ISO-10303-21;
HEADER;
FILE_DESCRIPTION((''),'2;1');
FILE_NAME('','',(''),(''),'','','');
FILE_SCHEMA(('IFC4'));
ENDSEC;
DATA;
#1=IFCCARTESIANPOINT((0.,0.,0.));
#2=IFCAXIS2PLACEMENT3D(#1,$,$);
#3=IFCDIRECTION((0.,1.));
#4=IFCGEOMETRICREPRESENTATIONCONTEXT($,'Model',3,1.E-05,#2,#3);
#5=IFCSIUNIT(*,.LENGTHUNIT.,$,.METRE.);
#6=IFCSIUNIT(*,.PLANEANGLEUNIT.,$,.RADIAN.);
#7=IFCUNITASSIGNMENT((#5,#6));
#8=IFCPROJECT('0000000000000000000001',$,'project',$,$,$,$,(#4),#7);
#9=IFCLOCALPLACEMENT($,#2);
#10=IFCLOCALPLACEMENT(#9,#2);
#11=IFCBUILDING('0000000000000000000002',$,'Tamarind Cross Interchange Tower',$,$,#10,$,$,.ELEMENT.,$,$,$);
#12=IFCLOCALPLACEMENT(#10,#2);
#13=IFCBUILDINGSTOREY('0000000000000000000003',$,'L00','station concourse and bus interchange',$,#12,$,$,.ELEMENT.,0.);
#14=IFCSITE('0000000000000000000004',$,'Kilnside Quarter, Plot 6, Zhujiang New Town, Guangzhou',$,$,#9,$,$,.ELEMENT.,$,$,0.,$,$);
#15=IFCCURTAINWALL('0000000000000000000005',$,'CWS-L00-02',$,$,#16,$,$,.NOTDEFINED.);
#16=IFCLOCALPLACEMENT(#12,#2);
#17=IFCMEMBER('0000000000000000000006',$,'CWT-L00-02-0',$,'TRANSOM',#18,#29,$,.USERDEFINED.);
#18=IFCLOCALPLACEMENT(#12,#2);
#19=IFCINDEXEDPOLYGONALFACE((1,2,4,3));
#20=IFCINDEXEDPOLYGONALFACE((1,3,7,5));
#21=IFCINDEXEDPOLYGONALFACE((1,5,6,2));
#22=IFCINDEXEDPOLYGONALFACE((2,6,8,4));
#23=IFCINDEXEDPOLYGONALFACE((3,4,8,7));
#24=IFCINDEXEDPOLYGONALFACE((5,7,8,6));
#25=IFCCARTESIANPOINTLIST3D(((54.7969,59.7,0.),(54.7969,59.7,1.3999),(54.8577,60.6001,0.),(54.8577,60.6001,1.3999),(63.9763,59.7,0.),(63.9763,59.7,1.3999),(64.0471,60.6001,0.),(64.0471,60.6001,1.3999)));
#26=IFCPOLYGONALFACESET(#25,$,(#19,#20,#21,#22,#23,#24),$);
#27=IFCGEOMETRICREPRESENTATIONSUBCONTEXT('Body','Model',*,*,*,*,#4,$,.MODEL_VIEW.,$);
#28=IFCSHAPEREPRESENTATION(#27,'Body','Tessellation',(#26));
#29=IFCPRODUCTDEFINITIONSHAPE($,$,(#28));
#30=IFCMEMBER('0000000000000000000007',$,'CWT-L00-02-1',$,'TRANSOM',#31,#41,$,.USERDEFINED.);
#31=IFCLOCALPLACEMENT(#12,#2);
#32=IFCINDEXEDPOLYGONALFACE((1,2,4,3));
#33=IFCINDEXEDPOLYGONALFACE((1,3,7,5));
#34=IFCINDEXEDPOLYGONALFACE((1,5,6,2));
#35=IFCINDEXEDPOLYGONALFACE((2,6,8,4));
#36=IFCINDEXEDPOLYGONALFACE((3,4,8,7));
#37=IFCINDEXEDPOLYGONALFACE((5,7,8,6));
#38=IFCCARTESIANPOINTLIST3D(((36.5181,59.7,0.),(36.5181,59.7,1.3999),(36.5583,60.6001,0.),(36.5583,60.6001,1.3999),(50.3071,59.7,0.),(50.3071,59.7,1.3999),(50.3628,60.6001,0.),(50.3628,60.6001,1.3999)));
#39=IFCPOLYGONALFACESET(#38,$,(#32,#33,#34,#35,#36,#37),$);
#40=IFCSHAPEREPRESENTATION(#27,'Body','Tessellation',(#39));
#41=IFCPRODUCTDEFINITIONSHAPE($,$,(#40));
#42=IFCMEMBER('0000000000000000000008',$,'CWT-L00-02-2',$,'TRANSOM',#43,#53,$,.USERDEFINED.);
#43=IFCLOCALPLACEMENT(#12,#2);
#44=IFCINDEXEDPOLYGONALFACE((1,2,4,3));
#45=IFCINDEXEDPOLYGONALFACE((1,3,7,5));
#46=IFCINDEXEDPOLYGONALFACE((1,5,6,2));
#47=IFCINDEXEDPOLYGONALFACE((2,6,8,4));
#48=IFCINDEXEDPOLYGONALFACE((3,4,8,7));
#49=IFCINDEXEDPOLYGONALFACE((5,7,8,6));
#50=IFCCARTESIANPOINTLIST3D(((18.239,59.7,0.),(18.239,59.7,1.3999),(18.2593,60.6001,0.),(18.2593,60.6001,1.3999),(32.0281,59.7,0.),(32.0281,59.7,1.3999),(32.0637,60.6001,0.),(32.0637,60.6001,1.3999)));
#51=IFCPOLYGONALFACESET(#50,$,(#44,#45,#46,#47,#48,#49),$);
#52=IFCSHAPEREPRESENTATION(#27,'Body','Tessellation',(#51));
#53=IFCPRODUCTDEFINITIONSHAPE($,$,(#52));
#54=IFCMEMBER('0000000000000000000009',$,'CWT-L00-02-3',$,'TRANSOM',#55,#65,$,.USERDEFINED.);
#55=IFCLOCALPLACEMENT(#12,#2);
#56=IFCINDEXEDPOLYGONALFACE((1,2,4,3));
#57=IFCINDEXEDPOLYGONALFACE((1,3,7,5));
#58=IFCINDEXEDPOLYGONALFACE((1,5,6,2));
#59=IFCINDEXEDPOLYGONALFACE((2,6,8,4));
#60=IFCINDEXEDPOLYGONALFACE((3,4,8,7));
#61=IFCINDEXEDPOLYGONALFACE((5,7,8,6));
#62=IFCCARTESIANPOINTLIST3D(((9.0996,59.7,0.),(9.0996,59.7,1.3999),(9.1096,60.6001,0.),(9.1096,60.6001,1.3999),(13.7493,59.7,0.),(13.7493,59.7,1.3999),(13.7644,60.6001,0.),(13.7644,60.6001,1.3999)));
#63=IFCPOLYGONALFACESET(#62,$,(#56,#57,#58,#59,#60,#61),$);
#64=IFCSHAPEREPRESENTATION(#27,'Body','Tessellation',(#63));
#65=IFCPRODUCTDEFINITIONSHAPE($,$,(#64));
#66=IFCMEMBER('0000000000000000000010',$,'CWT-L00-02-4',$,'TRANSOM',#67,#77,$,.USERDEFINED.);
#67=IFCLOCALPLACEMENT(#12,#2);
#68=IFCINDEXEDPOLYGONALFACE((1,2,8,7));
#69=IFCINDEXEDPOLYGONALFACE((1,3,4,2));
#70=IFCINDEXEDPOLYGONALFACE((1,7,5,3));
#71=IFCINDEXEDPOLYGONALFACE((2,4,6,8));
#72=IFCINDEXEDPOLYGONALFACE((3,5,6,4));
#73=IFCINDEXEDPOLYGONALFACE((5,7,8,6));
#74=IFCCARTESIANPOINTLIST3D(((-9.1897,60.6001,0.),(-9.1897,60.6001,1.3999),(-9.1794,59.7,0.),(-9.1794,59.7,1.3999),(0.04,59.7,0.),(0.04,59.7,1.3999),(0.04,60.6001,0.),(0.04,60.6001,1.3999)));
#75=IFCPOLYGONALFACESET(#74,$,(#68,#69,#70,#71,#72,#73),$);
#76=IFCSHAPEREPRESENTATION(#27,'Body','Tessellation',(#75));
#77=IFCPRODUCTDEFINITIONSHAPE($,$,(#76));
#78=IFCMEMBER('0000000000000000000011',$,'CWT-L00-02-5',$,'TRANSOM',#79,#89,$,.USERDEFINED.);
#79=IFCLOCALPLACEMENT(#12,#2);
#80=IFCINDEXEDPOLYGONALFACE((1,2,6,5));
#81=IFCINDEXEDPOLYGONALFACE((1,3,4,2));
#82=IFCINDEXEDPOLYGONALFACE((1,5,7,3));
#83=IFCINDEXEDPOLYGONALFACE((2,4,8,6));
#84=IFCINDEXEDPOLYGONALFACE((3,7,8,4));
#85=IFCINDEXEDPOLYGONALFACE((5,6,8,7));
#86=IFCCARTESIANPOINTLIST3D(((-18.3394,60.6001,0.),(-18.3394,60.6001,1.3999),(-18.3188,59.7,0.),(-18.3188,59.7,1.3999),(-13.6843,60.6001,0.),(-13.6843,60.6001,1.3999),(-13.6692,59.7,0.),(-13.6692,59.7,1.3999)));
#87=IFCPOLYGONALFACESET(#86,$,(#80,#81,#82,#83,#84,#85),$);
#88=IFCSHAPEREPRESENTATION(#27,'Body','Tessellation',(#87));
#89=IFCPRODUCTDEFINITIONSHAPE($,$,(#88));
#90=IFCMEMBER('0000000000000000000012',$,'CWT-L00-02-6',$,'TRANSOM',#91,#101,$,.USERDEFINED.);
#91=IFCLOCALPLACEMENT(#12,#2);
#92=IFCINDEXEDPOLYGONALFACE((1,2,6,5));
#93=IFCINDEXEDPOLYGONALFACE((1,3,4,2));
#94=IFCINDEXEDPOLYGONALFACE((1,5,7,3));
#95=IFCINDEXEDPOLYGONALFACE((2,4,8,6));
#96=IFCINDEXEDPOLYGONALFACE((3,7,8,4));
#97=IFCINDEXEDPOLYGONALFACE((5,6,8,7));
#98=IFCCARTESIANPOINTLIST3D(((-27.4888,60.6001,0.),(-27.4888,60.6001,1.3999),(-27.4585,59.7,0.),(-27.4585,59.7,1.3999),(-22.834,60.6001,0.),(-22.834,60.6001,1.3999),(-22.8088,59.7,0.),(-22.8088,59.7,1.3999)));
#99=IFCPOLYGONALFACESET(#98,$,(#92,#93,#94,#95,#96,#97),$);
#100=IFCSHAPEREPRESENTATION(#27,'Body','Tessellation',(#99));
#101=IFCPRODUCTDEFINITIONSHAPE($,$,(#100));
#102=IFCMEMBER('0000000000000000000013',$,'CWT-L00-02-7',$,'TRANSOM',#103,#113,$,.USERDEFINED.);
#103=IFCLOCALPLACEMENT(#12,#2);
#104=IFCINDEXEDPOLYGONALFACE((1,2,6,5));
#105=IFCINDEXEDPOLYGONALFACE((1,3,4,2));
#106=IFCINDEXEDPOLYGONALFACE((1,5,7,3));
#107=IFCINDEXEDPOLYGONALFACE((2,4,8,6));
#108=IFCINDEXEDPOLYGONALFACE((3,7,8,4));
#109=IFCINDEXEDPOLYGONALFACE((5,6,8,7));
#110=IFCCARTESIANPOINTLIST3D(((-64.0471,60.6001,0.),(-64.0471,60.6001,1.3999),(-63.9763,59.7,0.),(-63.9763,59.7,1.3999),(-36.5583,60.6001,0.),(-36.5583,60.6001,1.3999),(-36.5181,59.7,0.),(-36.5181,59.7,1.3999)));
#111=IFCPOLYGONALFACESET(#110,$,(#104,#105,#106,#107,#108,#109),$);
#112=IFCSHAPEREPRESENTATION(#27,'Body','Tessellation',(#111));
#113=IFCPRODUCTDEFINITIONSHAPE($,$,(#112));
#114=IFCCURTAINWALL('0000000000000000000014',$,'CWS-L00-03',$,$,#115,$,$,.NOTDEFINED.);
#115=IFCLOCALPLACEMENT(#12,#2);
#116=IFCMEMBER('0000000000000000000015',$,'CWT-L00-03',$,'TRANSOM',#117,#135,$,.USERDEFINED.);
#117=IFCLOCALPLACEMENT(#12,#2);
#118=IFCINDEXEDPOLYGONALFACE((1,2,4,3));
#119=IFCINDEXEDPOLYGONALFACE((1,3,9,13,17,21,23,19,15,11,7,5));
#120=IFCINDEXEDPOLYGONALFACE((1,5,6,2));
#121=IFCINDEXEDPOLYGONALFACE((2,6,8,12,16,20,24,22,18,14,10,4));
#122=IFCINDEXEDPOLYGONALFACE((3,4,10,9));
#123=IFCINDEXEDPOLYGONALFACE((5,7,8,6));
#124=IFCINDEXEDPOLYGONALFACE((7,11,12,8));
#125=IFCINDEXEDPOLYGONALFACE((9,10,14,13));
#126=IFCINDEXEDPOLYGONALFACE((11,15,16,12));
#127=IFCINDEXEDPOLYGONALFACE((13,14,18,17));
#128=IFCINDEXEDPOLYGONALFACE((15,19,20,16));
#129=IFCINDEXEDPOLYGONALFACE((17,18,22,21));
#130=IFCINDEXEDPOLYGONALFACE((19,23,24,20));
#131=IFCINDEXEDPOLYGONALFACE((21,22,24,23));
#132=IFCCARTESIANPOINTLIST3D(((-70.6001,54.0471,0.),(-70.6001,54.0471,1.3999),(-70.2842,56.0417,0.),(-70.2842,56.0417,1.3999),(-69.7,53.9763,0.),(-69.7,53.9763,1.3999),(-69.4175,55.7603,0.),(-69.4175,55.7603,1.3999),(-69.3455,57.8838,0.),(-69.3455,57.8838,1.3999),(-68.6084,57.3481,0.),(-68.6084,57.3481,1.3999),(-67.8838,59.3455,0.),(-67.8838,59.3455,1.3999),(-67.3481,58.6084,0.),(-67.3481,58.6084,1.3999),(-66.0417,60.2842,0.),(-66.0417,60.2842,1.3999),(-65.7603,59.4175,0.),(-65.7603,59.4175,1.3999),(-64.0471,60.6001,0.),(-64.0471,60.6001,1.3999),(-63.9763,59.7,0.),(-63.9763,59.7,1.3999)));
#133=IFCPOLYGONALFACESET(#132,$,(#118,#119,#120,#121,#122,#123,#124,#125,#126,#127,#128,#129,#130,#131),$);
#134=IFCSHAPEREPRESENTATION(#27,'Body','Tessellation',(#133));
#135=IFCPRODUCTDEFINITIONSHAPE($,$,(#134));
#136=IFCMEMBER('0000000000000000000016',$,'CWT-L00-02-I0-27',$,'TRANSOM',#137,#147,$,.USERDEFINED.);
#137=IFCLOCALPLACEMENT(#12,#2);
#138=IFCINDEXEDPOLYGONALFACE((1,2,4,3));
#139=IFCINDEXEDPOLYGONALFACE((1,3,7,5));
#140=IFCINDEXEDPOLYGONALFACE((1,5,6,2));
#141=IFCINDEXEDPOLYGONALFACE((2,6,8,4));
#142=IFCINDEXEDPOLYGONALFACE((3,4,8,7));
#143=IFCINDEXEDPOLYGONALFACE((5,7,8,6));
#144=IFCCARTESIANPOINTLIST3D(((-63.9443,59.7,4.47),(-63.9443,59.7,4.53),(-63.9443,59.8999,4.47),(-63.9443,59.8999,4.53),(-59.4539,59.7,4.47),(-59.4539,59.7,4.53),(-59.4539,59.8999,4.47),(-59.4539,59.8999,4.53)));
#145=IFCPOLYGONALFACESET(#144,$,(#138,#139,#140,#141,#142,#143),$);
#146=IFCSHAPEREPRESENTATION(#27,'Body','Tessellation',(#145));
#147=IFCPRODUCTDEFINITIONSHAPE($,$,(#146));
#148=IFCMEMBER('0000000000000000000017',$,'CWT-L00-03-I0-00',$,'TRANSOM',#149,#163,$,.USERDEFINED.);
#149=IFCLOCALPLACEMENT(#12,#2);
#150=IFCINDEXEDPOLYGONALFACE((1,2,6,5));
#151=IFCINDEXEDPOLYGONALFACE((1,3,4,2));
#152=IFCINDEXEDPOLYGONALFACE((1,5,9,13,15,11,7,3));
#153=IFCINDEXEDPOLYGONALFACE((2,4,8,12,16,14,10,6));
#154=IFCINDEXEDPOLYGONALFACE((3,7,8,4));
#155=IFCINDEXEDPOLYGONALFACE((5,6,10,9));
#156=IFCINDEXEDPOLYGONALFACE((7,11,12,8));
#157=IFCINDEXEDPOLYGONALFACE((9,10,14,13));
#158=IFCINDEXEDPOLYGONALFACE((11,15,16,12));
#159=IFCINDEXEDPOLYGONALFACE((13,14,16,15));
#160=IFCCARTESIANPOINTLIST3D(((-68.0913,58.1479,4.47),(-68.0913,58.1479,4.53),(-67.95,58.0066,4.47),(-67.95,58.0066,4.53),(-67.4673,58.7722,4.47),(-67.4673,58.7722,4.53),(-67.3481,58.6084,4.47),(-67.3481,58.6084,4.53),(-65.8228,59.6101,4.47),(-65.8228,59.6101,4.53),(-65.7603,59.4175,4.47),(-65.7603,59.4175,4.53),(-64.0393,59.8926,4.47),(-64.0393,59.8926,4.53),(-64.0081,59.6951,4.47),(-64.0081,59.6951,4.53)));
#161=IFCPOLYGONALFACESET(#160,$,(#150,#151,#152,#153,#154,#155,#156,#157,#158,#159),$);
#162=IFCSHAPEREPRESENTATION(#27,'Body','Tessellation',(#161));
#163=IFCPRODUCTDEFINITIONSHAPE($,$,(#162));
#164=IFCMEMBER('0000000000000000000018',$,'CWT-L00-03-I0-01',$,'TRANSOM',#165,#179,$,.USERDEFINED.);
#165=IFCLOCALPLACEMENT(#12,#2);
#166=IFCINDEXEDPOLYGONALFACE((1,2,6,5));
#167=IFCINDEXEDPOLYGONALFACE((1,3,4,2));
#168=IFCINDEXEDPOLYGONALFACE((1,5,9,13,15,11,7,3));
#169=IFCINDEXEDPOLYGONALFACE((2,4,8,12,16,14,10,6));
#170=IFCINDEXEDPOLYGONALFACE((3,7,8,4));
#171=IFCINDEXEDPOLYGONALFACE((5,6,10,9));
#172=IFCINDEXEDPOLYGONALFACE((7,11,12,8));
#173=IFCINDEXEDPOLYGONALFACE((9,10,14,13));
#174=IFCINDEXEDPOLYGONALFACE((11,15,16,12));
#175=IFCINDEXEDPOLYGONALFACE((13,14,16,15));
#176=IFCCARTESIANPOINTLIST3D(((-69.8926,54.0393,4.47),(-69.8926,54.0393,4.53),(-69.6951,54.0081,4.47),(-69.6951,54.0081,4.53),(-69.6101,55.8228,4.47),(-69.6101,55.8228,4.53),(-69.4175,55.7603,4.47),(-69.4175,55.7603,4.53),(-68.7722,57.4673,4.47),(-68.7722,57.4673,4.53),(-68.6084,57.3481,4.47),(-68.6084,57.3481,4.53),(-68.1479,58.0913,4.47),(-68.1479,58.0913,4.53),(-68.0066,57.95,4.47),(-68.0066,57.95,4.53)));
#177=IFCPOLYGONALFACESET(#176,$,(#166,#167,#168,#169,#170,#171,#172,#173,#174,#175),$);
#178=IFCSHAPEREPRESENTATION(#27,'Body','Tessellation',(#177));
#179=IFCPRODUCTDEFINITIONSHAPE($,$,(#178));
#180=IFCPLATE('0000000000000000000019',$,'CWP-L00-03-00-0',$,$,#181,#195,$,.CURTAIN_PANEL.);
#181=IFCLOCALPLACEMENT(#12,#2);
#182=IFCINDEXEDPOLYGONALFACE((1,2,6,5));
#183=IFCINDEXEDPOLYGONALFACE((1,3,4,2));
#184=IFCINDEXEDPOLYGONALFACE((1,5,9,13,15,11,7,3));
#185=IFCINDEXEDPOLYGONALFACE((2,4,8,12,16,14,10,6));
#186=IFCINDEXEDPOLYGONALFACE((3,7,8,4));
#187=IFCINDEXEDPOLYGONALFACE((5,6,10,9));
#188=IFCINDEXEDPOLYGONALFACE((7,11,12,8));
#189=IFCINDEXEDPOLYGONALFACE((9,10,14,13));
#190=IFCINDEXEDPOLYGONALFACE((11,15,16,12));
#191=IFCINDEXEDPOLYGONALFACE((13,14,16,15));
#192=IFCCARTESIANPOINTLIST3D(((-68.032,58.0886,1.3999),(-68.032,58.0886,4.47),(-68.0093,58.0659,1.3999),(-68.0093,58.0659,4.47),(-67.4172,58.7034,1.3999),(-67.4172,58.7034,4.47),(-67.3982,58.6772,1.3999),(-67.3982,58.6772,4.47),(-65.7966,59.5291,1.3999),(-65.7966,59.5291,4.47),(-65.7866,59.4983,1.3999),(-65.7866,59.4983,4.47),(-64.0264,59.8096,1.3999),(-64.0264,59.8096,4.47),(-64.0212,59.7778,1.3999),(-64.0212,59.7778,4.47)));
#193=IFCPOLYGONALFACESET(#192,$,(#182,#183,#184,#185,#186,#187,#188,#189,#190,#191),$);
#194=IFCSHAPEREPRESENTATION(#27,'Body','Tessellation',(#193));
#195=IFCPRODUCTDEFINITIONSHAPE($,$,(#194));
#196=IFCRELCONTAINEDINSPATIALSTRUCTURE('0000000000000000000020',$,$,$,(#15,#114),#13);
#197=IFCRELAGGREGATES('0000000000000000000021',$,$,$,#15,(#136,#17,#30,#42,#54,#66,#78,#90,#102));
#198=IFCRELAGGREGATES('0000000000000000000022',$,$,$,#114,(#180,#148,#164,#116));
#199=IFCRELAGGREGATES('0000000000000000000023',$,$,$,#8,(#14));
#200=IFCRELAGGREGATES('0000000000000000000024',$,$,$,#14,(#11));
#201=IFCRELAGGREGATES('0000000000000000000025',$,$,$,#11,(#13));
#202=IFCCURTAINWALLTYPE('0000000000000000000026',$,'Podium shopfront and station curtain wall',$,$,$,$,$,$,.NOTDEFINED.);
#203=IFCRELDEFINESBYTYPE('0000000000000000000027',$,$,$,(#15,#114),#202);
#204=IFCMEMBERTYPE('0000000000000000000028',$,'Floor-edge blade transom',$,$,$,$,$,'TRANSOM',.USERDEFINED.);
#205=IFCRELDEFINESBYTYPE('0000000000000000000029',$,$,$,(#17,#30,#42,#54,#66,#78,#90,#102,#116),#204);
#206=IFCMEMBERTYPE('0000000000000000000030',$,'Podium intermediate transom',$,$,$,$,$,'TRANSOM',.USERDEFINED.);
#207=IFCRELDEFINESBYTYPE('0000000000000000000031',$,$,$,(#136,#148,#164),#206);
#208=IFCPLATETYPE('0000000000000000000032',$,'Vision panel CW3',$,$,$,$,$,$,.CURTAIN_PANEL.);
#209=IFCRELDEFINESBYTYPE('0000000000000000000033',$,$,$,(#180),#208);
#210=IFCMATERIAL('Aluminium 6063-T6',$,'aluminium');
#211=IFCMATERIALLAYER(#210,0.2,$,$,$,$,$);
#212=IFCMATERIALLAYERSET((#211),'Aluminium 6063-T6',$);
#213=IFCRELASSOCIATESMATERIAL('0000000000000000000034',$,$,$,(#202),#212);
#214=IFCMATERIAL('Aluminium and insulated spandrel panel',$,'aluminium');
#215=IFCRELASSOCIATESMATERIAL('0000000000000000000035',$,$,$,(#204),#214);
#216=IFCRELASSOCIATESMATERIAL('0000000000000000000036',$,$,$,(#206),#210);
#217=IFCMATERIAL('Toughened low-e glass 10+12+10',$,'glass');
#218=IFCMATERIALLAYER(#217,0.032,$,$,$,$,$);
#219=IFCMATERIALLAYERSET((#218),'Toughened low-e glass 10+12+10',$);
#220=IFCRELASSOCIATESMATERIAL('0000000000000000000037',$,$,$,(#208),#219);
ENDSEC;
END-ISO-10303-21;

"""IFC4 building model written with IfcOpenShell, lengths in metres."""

from ifc_helpers import new_model, si_unit, direction, frame, origin, place, context, subcontext, project, spatial, polyline, outline, extrude, material, layer, layer_set, type_object, element, aggregate, save


model = new_model("IFC4")

# Units and contexts
model_context = context("Model", 3, precision=1e-05, world=origin(), true_north=direction((0.0, 1.0)))
body_context = subcontext(model_context, "Body", "Model", "MODEL_VIEW")
ifc_project = project(units=[si_unit("LENGTHUNIT", "METRE"), si_unit("PLANEANGLEUNIT", "RADIAN")], contexts=[model_context])

# Site, building, storey
site_placement = place(None, origin())
site = spatial("IfcSite", under=ifc_project, at=site_placement, Name="Kilnside Quarter, Plot 6, Zhujiang New Town, Guangzhou", CompositionType="ELEMENT", RefElevation=0.0)
building_placement = place(site_placement, origin())
building = spatial("IfcBuilding", under=site, at=building_placement, Name="Tamarind Cross Interchange Tower", CompositionType="ELEMENT")
storey_placement = place(building_placement, origin())
storey = spatial("IfcBuildingStorey", under=building, at=storey_placement, Name="L00", Description="station concourse and bus interchange", CompositionType="ELEMENT", Elevation=0.0)

# Curtain wall, members
ifc_material_1 = material(Name="Aluminium 6063-T6", Category="aluminium")
ifc_layer_1 = layer(ifc_material_1, 0.2)
ifc_layer_set_1 = layer_set([ifc_layer_1], Name="Aluminium 6063-T6")
curtain_wall_type = type_object("IfcCurtainWallType", Name="Podium shopfront and station curtain wall", PredefinedType="NOTDEFINED", material=ifc_layer_set_1)
curtain_wall_1_placement = place(storey_placement, origin())
curtain_wall_1 = element("IfcCurtainWall", 1, at=curtain_wall_1_placement, inside=storey, type_object=curtain_wall_type, Name="CWS-L00-02", PredefinedType="NOTDEFINED")
ifc_material_2 = material(Name="Aluminium and insulated spandrel panel", Category="aluminium")
member_type_1 = type_object("IfcMemberType", Name="Floor-edge blade transom", ElementType="TRANSOM", PredefinedType="USERDEFINED", material=ifc_material_2)
member_1_placement = place(storey_placement, origin())
member_1 = element("IfcMember", 2, at=member_1_placement, type_object=member_type_1, Name="CWT-L00-02-0", ObjectType="TRANSOM", PredefinedType="USERDEFINED", context=body_context, shape_type="SweptSolid", body=[
    extrude(outline(polyline([(63.9763, 59.7), (54.7969, 59.7), (54.8577, 60.6001), (64.0471, 60.6001), (63.9763, 59.7)])), origin(), (0.0, 0.0, 1.0), 1.3999),
])
member_2_placement = place(storey_placement, origin())
member_2 = element("IfcMember", 3, at=member_2_placement, type_object=member_type_1, Name="CWT-L00-02-1", ObjectType="TRANSOM", PredefinedType="USERDEFINED", context=body_context, shape_type="SweptSolid", body=[
    extrude(outline(polyline([(50.3071, 59.7), (36.5181, 59.7), (36.5583, 60.6001), (50.3628, 60.6001), (50.3071, 59.7)])), origin(), (0.0, 0.0, 1.0), 1.3999),
])
member_3_placement = place(storey_placement, origin())
member_3 = element("IfcMember", 4, at=member_3_placement, type_object=member_type_1, Name="CWT-L00-02-2", ObjectType="TRANSOM", PredefinedType="USERDEFINED", context=body_context, shape_type="SweptSolid", body=[
    extrude(outline(polyline([(32.0281, 59.7), (18.239, 59.7), (18.2593, 60.6001), (32.0637, 60.6001), (32.0281, 59.7)])), origin(), (0.0, 0.0, 1.0), 1.3999),
])
member_4_placement = place(storey_placement, origin())
member_4 = element("IfcMember", 5, at=member_4_placement, type_object=member_type_1, Name="CWT-L00-02-3", ObjectType="TRANSOM", PredefinedType="USERDEFINED", context=body_context, shape_type="SweptSolid", body=[
    extrude(outline(polyline([(13.7493, 59.7), (9.0996, 59.7), (9.1096, 60.6001), (13.7644, 60.6001), (13.7493, 59.7)])), origin(), (0.0, 0.0, 1.0), 1.3999),
])
member_5_placement = place(storey_placement, origin())
member_5 = element("IfcMember", 6, at=member_5_placement, type_object=member_type_1, Name="CWT-L00-02-4", ObjectType="TRANSOM", PredefinedType="USERDEFINED", context=body_context, shape_type="SweptSolid", body=[
    extrude(outline(polyline([(0.04, 59.7), (-9.1794, 59.7), (-9.1897, 60.6001), (0.04, 60.6001), (0.04, 59.7)])), origin(), (0.0, 0.0, 1.0), 1.3999),
])
member_6_placement = place(storey_placement, origin())
member_6 = element("IfcMember", 7, at=member_6_placement, type_object=member_type_1, Name="CWT-L00-02-5", ObjectType="TRANSOM", PredefinedType="USERDEFINED", context=body_context, shape_type="SweptSolid", body=[
    extrude(outline(polyline([(-13.6692, 59.7), (-18.3188, 59.7), (-18.3394, 60.6001), (-13.6843, 60.6001), (-13.6692, 59.7)])), origin(), (0.0, 0.0, 1.0), 1.3999),
])
member_7_placement = place(storey_placement, origin())
member_7 = element("IfcMember", 8, at=member_7_placement, type_object=member_type_1, Name="CWT-L00-02-6", ObjectType="TRANSOM", PredefinedType="USERDEFINED", context=body_context, shape_type="SweptSolid", body=[
    extrude(outline(polyline([(-22.8088, 59.7), (-27.4585, 59.7), (-27.4888, 60.6001), (-22.834, 60.6001), (-22.8088, 59.7)])), origin(), (0.0, 0.0, 1.0), 1.3999),
])
member_8_placement = place(storey_placement, origin())
member_8 = element("IfcMember", 9, at=member_8_placement, type_object=member_type_1, Name="CWT-L00-02-7", ObjectType="TRANSOM", PredefinedType="USERDEFINED", context=body_context, shape_type="SweptSolid", body=[
    extrude(outline(polyline([(-36.5181, 59.7), (-63.9763, 59.7), (-64.0471, 60.6001), (-36.5583, 60.6001), (-36.5181, 59.7)])), origin(), (0.0, 0.0, 1.0), 1.3999),
])

# Curtain wall, member
curtain_wall_2_placement = place(storey_placement, origin())
curtain_wall_2 = element("IfcCurtainWall", 10, at=curtain_wall_2_placement, inside=storey, type_object=curtain_wall_type, Name="CWS-L00-03", PredefinedType="NOTDEFINED")
member_9_placement = place(storey_placement, origin())
member_9 = element("IfcMember", 11, at=member_9_placement, type_object=member_type_1, Name="CWT-L00-03", ObjectType="TRANSOM", PredefinedType="USERDEFINED", context=body_context, shape_type="SweptSolid", body=[
    extrude(outline(polyline([(-63.9763, 59.7), (-65.7603, 59.4175), (-67.3481, 58.6084), (-68.6084, 57.3481), (-69.4175, 55.7603), (-69.7, 53.9763), (-70.6001, 54.0471), (-70.2842, 56.0417), (-69.3455, 57.8838), (-67.8838, 59.3455), (-66.0417, 60.2842), (-64.0471, 60.6001), (-63.9763, 59.7)])), origin(), (0.0, 0.0, 1.0), 1.3999),
])

# Members
member_type_2 = type_object("IfcMemberType", Name="Podium intermediate transom", ElementType="TRANSOM", PredefinedType="USERDEFINED", material=ifc_material_1)
member_10_placement = place(storey_placement, frame((0.0, 0.0, 4.47)))
member_10 = element("IfcMember", 12, at=member_10_placement, type_object=member_type_2, Name="CWT-L00-02-I0-27", ObjectType="TRANSOM", PredefinedType="USERDEFINED", context=body_context, shape_type="SweptSolid", body=[
    extrude(outline(polyline([(-59.4539, 59.7), (-63.9443, 59.7), (-63.9443, 59.8999), (-59.4539, 59.8999), (-59.4539, 59.7)])), origin(), (0.0, 0.0, 1.0), 0.0601),
])
aggregate(curtain_wall_1, [member_10, member_1, member_2, member_3, member_4, member_5, member_6, member_7, member_8])
member_11_placement = place(storey_placement, frame((0.0, 0.0, 4.47)))
member_11 = element("IfcMember", 13, at=member_11_placement, type_object=member_type_2, Name="CWT-L00-03-I0-00", ObjectType="TRANSOM", PredefinedType="USERDEFINED", context=body_context, shape_type="SweptSolid", body=[
    extrude(outline(polyline([(-64.0081, 59.6951), (-65.7603, 59.4175), (-67.3481, 58.6084), (-67.95, 58.0066), (-68.0913, 58.1479), (-67.4673, 58.7722), (-65.8228, 59.6101), (-64.0393, 59.8926), (-64.0081, 59.6951)])), origin(), (0.0, 0.0, 1.0), 0.0601),
])
member_12_placement = place(storey_placement, frame((0.0, 0.0, 4.47)))
member_12 = element("IfcMember", 14, at=member_12_placement, type_object=member_type_2, Name="CWT-L00-03-I0-01", ObjectType="TRANSOM", PredefinedType="USERDEFINED", context=body_context, shape_type="SweptSolid", body=[
    extrude(outline(polyline([(-68.0066, 57.95), (-68.6084, 57.3481), (-69.4175, 55.7603), (-69.6951, 54.0081), (-69.8926, 54.0393), (-69.6101, 55.8228), (-68.7722, 57.4673), (-68.1479, 58.0913), (-68.0066, 57.95)])), origin(), (0.0, 0.0, 1.0), 0.0601),
])

# Plate
ifc_material_3 = material(Name="Toughened low-e glass 10+12+10", Category="glass")
ifc_layer_2 = layer(ifc_material_3, 0.032)
ifc_layer_set_2 = layer_set([ifc_layer_2], Name="Toughened low-e glass 10+12+10")
plate_type = type_object("IfcPlateType", Name="Vision panel CW3", PredefinedType="CURTAIN_PANEL", material=ifc_layer_set_2)
plate_1_placement = place(storey_placement, frame((0.0, 0.0, 1.3999)))
plate_1 = element("IfcPlate", 15, at=plate_1_placement, type_object=plate_type, Name="CWP-L00-03-00-0", PredefinedType="CURTAIN_PANEL", context=body_context, shape_type="SweptSolid", body=[
    extrude(outline(polyline([(-64.0212, 59.7778), (-65.7866, 59.4983), (-67.3982, 58.6772), (-68.0093, 58.0659), (-68.032, 58.0886), (-67.4172, 58.7034), (-65.7966, 59.5291), (-64.0264, 59.8096), (-64.0212, 59.7778)])), origin(), (0.0, 0.0, 1.0), 3.0701),
])
aggregate(curtain_wall_2, [plate_1, member_11, member_12, member_9])

save(model, "model.ifc")
